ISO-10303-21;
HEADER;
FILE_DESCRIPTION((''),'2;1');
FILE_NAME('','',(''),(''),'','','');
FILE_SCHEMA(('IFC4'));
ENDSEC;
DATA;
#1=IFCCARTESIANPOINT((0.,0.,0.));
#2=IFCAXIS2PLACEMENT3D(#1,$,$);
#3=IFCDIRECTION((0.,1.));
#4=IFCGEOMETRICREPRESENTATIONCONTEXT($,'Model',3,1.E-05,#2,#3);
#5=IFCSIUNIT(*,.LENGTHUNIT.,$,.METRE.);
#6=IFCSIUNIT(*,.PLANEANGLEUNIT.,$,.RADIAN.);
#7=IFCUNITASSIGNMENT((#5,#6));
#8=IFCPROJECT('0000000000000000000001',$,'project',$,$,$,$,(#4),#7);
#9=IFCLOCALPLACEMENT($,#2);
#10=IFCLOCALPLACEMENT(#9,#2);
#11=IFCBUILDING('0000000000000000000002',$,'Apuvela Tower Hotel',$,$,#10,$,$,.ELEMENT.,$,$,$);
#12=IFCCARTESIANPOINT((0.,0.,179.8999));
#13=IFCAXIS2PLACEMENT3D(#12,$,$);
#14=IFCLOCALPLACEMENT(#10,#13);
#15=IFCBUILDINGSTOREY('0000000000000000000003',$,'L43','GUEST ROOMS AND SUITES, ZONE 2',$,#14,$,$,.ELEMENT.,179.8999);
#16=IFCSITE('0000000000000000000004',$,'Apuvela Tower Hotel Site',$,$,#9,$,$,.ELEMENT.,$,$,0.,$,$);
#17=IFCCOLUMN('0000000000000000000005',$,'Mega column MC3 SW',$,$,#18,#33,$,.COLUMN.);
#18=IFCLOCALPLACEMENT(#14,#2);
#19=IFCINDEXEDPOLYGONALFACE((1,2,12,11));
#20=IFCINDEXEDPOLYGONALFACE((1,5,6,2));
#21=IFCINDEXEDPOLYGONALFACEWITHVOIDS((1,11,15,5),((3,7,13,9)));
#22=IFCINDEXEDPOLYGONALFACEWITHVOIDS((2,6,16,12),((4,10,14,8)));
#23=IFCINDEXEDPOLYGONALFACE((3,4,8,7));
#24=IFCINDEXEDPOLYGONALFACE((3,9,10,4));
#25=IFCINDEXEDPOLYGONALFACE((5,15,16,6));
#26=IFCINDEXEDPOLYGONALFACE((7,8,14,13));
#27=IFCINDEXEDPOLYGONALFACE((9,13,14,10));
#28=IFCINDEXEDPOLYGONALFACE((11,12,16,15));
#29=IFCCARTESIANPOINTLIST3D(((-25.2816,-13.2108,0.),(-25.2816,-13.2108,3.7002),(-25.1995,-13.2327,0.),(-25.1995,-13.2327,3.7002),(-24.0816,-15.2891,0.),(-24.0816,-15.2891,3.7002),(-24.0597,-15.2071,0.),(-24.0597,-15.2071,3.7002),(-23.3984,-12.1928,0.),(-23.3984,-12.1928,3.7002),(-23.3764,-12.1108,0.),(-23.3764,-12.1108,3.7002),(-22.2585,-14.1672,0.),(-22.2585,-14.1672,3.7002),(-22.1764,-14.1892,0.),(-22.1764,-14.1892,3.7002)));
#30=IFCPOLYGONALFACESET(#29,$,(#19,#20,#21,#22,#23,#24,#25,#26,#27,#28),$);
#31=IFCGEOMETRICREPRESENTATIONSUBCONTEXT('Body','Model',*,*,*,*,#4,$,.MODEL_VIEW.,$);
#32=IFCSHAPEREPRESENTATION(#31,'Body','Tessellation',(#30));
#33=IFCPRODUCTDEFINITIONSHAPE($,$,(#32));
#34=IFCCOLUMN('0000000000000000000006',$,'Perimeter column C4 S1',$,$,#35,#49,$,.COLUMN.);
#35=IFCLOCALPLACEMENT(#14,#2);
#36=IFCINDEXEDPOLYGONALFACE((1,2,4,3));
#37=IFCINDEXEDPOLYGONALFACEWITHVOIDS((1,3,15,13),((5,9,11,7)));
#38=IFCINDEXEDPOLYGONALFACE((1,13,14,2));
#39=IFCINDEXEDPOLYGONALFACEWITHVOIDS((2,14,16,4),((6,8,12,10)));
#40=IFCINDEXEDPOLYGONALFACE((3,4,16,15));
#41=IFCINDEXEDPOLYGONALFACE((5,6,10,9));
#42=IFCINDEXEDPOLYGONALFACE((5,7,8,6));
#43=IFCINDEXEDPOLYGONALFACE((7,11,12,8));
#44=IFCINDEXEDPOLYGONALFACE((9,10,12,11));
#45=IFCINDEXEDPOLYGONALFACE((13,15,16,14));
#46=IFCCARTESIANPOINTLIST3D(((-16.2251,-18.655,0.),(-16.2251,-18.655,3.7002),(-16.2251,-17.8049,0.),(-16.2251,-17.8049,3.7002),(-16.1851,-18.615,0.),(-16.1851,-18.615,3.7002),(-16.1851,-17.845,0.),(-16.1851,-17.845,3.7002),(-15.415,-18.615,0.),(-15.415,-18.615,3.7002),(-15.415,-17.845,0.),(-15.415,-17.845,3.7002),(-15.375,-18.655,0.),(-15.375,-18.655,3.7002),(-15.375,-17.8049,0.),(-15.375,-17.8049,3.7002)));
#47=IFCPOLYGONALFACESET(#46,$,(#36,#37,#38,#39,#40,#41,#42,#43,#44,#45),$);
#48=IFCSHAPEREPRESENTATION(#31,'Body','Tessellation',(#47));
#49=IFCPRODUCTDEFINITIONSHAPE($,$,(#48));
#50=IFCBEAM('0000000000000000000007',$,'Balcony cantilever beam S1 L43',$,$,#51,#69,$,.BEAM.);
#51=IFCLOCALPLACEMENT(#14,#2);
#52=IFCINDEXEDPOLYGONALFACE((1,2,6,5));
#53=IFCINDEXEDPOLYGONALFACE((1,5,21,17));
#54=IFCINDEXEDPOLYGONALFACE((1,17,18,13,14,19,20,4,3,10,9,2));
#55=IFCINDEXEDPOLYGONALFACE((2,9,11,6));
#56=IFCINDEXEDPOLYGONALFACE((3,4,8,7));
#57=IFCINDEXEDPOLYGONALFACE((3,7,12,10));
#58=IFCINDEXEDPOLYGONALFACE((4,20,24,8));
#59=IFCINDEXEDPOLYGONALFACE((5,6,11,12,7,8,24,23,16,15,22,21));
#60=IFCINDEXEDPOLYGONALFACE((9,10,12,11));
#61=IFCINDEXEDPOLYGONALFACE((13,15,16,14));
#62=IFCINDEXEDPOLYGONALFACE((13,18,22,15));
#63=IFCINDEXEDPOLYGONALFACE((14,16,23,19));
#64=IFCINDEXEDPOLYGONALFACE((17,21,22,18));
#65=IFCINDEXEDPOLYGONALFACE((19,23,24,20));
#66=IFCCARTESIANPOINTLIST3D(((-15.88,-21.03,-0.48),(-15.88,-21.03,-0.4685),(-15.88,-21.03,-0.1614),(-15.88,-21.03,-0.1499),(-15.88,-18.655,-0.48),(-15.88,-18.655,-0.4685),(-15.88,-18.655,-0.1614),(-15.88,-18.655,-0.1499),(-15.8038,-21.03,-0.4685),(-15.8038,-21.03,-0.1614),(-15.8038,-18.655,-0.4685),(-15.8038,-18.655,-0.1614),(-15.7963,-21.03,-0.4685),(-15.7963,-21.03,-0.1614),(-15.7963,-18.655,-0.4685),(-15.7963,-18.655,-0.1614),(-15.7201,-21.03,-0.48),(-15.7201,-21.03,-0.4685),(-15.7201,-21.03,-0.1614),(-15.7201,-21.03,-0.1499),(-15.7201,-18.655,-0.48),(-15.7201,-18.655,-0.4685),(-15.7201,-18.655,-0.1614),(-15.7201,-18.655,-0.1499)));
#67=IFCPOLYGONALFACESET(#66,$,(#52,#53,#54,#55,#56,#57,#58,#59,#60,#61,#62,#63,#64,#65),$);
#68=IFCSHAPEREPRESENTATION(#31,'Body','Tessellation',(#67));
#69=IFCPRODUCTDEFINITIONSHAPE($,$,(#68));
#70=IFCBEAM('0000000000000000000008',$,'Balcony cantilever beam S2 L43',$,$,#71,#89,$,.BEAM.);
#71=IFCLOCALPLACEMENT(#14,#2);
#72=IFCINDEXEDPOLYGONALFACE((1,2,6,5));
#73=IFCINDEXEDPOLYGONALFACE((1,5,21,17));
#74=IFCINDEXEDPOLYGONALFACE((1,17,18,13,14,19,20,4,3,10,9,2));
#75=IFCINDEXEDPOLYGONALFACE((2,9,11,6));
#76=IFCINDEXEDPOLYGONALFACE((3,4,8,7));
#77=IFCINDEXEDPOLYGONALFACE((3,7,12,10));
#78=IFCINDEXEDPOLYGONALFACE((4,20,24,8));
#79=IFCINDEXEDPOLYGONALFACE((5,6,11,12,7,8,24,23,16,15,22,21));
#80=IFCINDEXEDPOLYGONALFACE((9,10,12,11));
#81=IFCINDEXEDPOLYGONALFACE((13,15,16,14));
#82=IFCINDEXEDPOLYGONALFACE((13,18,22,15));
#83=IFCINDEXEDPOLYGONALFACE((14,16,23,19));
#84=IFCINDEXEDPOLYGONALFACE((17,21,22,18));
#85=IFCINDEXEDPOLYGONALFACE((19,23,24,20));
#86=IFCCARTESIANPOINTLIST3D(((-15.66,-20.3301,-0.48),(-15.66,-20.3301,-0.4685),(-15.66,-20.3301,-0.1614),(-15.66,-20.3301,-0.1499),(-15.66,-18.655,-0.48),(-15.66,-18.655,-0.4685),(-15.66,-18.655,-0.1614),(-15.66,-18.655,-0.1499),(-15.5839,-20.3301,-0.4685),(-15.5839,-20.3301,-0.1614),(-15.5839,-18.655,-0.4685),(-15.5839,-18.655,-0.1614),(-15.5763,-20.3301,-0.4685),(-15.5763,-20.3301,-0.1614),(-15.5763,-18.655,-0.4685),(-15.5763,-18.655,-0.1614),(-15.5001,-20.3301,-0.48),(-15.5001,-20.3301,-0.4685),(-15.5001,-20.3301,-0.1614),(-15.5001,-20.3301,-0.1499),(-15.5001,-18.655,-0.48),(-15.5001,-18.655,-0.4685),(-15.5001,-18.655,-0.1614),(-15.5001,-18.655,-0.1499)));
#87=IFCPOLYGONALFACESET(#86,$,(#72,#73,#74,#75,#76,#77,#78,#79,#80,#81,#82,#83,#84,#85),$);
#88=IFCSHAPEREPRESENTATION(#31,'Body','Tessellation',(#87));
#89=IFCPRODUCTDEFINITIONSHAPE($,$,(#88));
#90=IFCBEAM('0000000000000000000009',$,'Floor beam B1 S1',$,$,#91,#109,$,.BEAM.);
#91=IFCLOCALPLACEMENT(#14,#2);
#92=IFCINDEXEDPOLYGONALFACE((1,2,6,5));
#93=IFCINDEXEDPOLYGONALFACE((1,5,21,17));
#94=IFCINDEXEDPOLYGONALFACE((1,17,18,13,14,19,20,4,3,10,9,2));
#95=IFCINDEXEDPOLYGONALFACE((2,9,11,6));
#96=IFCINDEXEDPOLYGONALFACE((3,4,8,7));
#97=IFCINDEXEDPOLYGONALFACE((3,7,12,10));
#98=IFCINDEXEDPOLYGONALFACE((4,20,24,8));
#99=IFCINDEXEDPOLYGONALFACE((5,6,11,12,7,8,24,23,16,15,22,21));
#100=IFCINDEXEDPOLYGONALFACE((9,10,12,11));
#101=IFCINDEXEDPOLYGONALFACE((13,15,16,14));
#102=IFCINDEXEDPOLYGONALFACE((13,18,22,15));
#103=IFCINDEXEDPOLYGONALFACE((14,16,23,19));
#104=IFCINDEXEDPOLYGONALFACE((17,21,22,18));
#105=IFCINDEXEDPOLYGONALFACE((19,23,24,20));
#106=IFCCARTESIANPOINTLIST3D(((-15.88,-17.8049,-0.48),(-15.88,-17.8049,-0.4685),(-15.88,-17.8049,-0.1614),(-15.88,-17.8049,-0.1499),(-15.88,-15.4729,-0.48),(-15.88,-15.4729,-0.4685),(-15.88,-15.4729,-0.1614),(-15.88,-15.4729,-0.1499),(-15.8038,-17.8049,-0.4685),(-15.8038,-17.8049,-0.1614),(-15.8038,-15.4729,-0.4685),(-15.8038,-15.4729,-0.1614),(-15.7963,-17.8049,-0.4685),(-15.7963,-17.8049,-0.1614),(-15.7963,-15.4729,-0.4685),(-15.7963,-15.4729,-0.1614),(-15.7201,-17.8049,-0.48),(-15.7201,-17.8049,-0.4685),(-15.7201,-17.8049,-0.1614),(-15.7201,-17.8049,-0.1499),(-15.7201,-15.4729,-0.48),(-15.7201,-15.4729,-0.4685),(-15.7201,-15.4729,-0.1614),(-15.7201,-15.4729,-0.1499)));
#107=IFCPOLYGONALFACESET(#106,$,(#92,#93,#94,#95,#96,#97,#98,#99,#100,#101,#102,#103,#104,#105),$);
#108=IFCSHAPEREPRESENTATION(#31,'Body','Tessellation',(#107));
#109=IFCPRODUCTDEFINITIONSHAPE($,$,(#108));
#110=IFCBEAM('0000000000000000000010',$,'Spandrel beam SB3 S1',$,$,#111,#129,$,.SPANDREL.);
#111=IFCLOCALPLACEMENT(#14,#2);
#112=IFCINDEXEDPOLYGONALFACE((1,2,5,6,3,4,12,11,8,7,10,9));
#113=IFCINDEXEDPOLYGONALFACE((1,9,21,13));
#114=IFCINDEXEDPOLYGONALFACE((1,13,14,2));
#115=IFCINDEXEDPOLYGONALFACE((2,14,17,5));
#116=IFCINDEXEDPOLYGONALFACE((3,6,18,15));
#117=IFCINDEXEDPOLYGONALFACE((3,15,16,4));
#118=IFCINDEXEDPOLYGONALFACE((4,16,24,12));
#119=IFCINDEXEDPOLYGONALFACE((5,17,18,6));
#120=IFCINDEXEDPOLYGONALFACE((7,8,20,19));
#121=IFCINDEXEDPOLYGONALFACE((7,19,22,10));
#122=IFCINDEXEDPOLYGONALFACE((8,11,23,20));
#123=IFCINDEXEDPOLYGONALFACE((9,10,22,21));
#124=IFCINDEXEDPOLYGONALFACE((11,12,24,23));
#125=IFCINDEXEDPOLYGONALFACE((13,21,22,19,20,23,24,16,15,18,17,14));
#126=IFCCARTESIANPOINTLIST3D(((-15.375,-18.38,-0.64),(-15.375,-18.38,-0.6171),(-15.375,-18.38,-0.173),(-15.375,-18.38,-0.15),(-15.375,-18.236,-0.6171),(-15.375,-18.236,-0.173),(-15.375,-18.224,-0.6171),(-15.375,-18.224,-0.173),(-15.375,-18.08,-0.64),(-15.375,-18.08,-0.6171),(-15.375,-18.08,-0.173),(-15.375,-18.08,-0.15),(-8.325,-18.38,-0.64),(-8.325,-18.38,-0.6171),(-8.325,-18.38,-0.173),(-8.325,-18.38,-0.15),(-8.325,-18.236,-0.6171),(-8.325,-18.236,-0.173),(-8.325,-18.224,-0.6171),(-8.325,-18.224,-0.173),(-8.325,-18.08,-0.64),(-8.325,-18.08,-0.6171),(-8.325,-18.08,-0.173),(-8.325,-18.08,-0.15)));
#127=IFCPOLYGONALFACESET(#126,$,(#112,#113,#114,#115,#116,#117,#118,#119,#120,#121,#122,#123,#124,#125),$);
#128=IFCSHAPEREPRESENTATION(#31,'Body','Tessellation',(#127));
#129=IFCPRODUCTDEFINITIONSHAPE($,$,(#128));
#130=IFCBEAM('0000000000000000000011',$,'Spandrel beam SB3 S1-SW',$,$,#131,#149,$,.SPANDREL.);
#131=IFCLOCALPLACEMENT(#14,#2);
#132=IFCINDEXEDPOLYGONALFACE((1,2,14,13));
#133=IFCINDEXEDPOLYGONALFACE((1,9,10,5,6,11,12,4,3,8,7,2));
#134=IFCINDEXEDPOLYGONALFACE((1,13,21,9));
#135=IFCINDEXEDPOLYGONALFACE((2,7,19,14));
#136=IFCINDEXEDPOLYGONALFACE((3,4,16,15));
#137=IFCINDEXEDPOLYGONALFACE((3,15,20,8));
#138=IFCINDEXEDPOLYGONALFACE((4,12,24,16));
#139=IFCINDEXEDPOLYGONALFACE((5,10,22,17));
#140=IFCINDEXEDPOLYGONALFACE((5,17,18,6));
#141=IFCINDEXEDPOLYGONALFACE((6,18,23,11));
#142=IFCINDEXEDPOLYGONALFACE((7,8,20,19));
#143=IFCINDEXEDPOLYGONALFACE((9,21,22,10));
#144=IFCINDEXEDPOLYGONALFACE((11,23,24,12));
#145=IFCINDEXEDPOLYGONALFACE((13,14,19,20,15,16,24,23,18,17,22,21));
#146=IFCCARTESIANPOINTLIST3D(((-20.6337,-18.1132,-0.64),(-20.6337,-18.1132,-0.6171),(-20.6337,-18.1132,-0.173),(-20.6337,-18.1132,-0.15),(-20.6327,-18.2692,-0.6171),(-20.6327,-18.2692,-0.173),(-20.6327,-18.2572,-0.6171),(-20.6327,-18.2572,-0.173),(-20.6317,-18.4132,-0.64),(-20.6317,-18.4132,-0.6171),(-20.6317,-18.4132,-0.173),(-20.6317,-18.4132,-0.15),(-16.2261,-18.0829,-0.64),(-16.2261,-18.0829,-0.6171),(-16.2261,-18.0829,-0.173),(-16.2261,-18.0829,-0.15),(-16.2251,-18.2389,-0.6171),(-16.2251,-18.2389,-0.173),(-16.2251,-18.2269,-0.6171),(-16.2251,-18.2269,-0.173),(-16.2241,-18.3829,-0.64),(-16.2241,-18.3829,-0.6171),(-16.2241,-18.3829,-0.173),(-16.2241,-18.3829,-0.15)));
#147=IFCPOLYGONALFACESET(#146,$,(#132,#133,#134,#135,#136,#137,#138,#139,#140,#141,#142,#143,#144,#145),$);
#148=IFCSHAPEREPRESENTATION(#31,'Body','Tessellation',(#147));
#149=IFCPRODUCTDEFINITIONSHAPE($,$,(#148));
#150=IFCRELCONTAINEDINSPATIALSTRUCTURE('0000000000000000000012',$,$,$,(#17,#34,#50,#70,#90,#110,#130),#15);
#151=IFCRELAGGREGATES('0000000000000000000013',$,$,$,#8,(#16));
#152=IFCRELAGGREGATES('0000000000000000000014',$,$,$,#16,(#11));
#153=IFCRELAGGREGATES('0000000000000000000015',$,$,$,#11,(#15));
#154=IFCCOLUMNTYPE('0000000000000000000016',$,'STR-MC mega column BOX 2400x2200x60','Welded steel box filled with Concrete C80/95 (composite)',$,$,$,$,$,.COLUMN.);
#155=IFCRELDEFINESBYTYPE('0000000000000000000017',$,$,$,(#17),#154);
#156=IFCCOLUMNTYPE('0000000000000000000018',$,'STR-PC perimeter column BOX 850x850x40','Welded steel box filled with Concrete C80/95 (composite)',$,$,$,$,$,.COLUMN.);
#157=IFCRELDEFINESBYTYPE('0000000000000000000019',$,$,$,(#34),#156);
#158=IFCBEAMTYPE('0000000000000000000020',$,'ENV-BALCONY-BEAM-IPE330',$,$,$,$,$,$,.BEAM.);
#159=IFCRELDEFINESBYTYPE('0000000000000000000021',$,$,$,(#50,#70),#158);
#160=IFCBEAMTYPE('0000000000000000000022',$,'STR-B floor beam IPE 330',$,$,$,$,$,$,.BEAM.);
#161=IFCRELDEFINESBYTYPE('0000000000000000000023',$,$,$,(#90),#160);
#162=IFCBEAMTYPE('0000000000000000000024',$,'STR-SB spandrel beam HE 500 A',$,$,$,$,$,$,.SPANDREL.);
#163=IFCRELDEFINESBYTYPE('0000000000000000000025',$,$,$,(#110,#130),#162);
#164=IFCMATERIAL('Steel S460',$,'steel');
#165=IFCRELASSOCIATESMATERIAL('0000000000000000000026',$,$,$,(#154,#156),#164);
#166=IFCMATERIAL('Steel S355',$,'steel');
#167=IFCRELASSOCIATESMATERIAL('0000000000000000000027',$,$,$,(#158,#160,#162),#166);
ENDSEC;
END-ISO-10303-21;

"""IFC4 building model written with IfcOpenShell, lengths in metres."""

from ifc_helpers import new_model, si_unit, direction, frame, origin, origin_2d, place, context, subcontext, project, spatial, rectangle, hollow_rectangle, i_section, extrude, material, material_profile, profile_set, type_object, element, save


model = new_model("IFC4")

# Units and contexts
model_context = context("Model", 3, precision=1e-05, world=origin(), true_north=direction((0.0, 1.0)))
body_context = subcontext(model_context, "Body", "Model", "MODEL_VIEW")
ifc_project = project(units=[si_unit("LENGTHUNIT", "METRE"), si_unit("PLANEANGLEUNIT", "RADIAN")], contexts=[model_context])

# Site, building, storey
site_placement = place(None, origin())
site = spatial("IfcSite", under=ifc_project, at=site_placement, Name="Apuvela Tower Hotel Site", CompositionType="ELEMENT", RefElevation=0.0)
building_placement = place(site_placement, origin())
building = spatial("IfcBuilding", under=site, at=building_placement, Name="Apuvela Tower Hotel", CompositionType="ELEMENT")
storey_placement = place(building_placement, frame((0.0, 0.0, 179.8999)))
storey = spatial("IfcBuildingStorey", under=building, at=storey_placement, Name="L43", Description="GUEST ROOMS AND SUITES, ZONE 2", CompositionType="ELEMENT", Elevation=179.8999)

# Columns
ifc_material_1 = material(Name="Steel S460", Category="steel")
ifc_material_profile_1 = material_profile(ifc_material_1, hollow_rectangle(XDim=2.3999, YDim=2.2, WallThickness=0.0601, at=origin_2d()), Name="BOX 2400x2200x60")
ifc_material_2 = material(Name="Concrete C80/95", Category="concrete")
ifc_material_profile_2 = material_profile(ifc_material_2, rectangle(XDim=2.28, YDim=2.0801, at=origin_2d()), Name="Concrete C80/95 infill")
ifc_profile_set_1 = profile_set([ifc_material_profile_1, ifc_material_profile_2], Name="Steel S460")
column_type_1 = type_object("IfcColumnType", Name="STR-MC mega column BOX 2400x2200x60", Description="Welded steel box filled with Concrete C80/95 (composite)", PredefinedType="COLUMN", material=ifc_profile_set_1)
column_1_placement = place(storey_placement, frame((-23.729, -13.7, 0.0), z_axis=(0.0, 0.0, 1.0), x_axis=(-0.5, 0.866025, 0.0)))
element("IfcColumn", 1, at=column_1_placement, inside=storey, type_object=column_type_1, Name="Mega column MC3 SW", PredefinedType="COLUMN", context=body_context, shape_type="SweptSolid", body=[
    extrude(hollow_rectangle(XDim=2.3999, YDim=2.2, WallThickness=0.0601, at=origin_2d()), origin(), (0.0, 0.0, 1.0), 3.7002),
])
ifc_material_profile_3 = material_profile(ifc_material_1, hollow_rectangle(XDim=0.8501, YDim=0.8501, WallThickness=0.04, at=origin_2d()), Name="BOX 850x850x40")
ifc_material_profile_4 = material_profile(ifc_material_2, rectangle(XDim=0.77, YDim=0.77, at=origin_2d()), Name="Concrete C80/95 infill")
ifc_profile_set_2 = profile_set([ifc_material_profile_3, ifc_material_profile_4], Name="Steel S460")
column_type_2 = type_object("IfcColumnType", Name="STR-PC perimeter column BOX 850x850x40", Description="Welded steel box filled with Concrete C80/95 (composite)", PredefinedType="COLUMN", material=ifc_profile_set_2)
column_2_placement = place(storey_placement, frame((-15.8, -18.23, 0.0), z_axis=(0.0, 0.0, 1.0), x_axis=(-1.0, 0.0, 0.0)))
element("IfcColumn", 2, at=column_2_placement, inside=storey, type_object=column_type_2, Name="Perimeter column C4 S1", PredefinedType="COLUMN", context=body_context, shape_type="SweptSolid", body=[
    extrude(hollow_rectangle(XDim=0.8501, YDim=0.8501, WallThickness=0.04, at=origin_2d()), origin(), (0.0, 0.0, 1.0), 3.7002),
])

# Beams
ifc_material_3 = material(Name="Steel S355", Category="steel")
ifc_material_profile_5 = material_profile(ifc_material_3, i_section(OverallWidth=0.1599, OverallDepth=0.3301, WebThickness=0.0076, FlangeThickness=0.0115, at=origin_2d()), Name="IPE 330")
ifc_profile_set_3 = profile_set([ifc_material_profile_5], Name="Steel S355")
beam_type_1 = type_object("IfcBeamType", Name="ENV-BALCONY-BEAM-IPE330", PredefinedType="BEAM", material=ifc_profile_set_3)
beam_1_placement = place(storey_placement, frame((-15.8, -18.655, -0.3149), z_axis=(0.0, -1.0, 0.0), x_axis=(1.0, 0.0, 0.0)))
element("IfcBeam", 3, at=beam_1_placement, inside=storey, type_object=beam_type_1, Name="Balcony cantilever beam S1 L43", PredefinedType="BEAM", context=body_context, shape_type="SweptSolid", body=[
    extrude(i_section(OverallWidth=0.1599, OverallDepth=0.3301, WebThickness=0.0076, FlangeThickness=0.0115, at=origin_2d()), origin(), (0.0, 0.0, 1.0), 2.375),
])
beam_2_placement = place(storey_placement, frame((-15.5801, -18.655, -0.3149), z_axis=(0.0, -1.0, 0.0), x_axis=(1.0, 0.0, 0.0)))
element("IfcBeam", 4, at=beam_2_placement, inside=storey, type_object=beam_type_1, Name="Balcony cantilever beam S2 L43", PredefinedType="BEAM", context=body_context, shape_type="SweptSolid", body=[
    extrude(i_section(OverallWidth=0.1599, OverallDepth=0.3301, WebThickness=0.0076, FlangeThickness=0.0115, at=origin_2d()), origin(), (0.0, 0.0, 1.0), 1.675),
])
ifc_material_profile_6 = material_profile(ifc_material_3, i_section(OverallWidth=0.1599, OverallDepth=0.3301, WebThickness=0.0076, FlangeThickness=0.0115, at=origin_2d()), Name="IPE 330")
ifc_profile_set_4 = profile_set([ifc_material_profile_6], Name="Steel S355")
beam_type_2 = type_object("IfcBeamType", Name="STR-B floor beam IPE 330", PredefinedType="BEAM", material=ifc_profile_set_4)
beam_3_placement = place(storey_placement, frame((-15.8, -17.8049, -0.3149), z_axis=(0.0, 1.0, 0.0), x_axis=(-1.0, 0.0, 0.0)))
element("IfcBeam", 5, at=beam_3_placement, inside=storey, type_object=beam_type_2, Name="Floor beam B1 S1", PredefinedType="BEAM", context=body_context, shape_type="SweptSolid", body=[
    extrude(i_section(OverallWidth=0.1599, OverallDepth=0.3301, WebThickness=0.0076, FlangeThickness=0.0115, at=origin_2d()), origin(), (0.0, 0.0, 1.0), 2.332),
])
ifc_material_profile_7 = material_profile(ifc_material_3, i_section(OverallWidth=0.3, OverallDepth=0.49, WebThickness=0.012, FlangeThickness=0.0229, at=origin_2d()), Name="HE 500 A")
ifc_profile_set_5 = profile_set([ifc_material_profile_7], Name="Steel S355")
beam_type_3 = type_object("IfcBeamType", Name="STR-SB spandrel beam HE 500 A", PredefinedType="SPANDREL", material=ifc_profile_set_5)
beam_4_placement = place(storey_placement, frame((-15.375, -18.23, -0.395), z_axis=(1.0, 0.0, 0.0), x_axis=(0.0, 1.0, 0.0)))
element("IfcBeam", 6, at=beam_4_placement, inside=storey, type_object=beam_type_3, Name="Spandrel beam SB3 S1", PredefinedType="SPANDREL", context=body_context, shape_type="SweptSolid", body=[
    extrude(i_section(OverallWidth=0.3, OverallDepth=0.49, WebThickness=0.012, FlangeThickness=0.0229, at=origin_2d()), origin(), (0.0, 0.0, 1.0), 7.05),
])
beam_5_placement = place(storey_placement, frame((-16.2251, -18.2329, -0.395), z_axis=(-0.999976, -0.006868, 0.0), x_axis=(0.006868, -0.999976, 0.0)))
element("IfcBeam", 7, at=beam_5_placement, inside=storey, type_object=beam_type_3, Name="Spandrel beam SB3 S1-SW", PredefinedType="SPANDREL", context=body_context, shape_type="SweptSolid", body=[
    extrude(i_section(OverallWidth=0.3, OverallDepth=0.49, WebThickness=0.012, FlangeThickness=0.0229, at=origin_2d()), origin(), (0.0, 0.0, 1.0), 4.4077),
])

save(model, "model.ifc")
